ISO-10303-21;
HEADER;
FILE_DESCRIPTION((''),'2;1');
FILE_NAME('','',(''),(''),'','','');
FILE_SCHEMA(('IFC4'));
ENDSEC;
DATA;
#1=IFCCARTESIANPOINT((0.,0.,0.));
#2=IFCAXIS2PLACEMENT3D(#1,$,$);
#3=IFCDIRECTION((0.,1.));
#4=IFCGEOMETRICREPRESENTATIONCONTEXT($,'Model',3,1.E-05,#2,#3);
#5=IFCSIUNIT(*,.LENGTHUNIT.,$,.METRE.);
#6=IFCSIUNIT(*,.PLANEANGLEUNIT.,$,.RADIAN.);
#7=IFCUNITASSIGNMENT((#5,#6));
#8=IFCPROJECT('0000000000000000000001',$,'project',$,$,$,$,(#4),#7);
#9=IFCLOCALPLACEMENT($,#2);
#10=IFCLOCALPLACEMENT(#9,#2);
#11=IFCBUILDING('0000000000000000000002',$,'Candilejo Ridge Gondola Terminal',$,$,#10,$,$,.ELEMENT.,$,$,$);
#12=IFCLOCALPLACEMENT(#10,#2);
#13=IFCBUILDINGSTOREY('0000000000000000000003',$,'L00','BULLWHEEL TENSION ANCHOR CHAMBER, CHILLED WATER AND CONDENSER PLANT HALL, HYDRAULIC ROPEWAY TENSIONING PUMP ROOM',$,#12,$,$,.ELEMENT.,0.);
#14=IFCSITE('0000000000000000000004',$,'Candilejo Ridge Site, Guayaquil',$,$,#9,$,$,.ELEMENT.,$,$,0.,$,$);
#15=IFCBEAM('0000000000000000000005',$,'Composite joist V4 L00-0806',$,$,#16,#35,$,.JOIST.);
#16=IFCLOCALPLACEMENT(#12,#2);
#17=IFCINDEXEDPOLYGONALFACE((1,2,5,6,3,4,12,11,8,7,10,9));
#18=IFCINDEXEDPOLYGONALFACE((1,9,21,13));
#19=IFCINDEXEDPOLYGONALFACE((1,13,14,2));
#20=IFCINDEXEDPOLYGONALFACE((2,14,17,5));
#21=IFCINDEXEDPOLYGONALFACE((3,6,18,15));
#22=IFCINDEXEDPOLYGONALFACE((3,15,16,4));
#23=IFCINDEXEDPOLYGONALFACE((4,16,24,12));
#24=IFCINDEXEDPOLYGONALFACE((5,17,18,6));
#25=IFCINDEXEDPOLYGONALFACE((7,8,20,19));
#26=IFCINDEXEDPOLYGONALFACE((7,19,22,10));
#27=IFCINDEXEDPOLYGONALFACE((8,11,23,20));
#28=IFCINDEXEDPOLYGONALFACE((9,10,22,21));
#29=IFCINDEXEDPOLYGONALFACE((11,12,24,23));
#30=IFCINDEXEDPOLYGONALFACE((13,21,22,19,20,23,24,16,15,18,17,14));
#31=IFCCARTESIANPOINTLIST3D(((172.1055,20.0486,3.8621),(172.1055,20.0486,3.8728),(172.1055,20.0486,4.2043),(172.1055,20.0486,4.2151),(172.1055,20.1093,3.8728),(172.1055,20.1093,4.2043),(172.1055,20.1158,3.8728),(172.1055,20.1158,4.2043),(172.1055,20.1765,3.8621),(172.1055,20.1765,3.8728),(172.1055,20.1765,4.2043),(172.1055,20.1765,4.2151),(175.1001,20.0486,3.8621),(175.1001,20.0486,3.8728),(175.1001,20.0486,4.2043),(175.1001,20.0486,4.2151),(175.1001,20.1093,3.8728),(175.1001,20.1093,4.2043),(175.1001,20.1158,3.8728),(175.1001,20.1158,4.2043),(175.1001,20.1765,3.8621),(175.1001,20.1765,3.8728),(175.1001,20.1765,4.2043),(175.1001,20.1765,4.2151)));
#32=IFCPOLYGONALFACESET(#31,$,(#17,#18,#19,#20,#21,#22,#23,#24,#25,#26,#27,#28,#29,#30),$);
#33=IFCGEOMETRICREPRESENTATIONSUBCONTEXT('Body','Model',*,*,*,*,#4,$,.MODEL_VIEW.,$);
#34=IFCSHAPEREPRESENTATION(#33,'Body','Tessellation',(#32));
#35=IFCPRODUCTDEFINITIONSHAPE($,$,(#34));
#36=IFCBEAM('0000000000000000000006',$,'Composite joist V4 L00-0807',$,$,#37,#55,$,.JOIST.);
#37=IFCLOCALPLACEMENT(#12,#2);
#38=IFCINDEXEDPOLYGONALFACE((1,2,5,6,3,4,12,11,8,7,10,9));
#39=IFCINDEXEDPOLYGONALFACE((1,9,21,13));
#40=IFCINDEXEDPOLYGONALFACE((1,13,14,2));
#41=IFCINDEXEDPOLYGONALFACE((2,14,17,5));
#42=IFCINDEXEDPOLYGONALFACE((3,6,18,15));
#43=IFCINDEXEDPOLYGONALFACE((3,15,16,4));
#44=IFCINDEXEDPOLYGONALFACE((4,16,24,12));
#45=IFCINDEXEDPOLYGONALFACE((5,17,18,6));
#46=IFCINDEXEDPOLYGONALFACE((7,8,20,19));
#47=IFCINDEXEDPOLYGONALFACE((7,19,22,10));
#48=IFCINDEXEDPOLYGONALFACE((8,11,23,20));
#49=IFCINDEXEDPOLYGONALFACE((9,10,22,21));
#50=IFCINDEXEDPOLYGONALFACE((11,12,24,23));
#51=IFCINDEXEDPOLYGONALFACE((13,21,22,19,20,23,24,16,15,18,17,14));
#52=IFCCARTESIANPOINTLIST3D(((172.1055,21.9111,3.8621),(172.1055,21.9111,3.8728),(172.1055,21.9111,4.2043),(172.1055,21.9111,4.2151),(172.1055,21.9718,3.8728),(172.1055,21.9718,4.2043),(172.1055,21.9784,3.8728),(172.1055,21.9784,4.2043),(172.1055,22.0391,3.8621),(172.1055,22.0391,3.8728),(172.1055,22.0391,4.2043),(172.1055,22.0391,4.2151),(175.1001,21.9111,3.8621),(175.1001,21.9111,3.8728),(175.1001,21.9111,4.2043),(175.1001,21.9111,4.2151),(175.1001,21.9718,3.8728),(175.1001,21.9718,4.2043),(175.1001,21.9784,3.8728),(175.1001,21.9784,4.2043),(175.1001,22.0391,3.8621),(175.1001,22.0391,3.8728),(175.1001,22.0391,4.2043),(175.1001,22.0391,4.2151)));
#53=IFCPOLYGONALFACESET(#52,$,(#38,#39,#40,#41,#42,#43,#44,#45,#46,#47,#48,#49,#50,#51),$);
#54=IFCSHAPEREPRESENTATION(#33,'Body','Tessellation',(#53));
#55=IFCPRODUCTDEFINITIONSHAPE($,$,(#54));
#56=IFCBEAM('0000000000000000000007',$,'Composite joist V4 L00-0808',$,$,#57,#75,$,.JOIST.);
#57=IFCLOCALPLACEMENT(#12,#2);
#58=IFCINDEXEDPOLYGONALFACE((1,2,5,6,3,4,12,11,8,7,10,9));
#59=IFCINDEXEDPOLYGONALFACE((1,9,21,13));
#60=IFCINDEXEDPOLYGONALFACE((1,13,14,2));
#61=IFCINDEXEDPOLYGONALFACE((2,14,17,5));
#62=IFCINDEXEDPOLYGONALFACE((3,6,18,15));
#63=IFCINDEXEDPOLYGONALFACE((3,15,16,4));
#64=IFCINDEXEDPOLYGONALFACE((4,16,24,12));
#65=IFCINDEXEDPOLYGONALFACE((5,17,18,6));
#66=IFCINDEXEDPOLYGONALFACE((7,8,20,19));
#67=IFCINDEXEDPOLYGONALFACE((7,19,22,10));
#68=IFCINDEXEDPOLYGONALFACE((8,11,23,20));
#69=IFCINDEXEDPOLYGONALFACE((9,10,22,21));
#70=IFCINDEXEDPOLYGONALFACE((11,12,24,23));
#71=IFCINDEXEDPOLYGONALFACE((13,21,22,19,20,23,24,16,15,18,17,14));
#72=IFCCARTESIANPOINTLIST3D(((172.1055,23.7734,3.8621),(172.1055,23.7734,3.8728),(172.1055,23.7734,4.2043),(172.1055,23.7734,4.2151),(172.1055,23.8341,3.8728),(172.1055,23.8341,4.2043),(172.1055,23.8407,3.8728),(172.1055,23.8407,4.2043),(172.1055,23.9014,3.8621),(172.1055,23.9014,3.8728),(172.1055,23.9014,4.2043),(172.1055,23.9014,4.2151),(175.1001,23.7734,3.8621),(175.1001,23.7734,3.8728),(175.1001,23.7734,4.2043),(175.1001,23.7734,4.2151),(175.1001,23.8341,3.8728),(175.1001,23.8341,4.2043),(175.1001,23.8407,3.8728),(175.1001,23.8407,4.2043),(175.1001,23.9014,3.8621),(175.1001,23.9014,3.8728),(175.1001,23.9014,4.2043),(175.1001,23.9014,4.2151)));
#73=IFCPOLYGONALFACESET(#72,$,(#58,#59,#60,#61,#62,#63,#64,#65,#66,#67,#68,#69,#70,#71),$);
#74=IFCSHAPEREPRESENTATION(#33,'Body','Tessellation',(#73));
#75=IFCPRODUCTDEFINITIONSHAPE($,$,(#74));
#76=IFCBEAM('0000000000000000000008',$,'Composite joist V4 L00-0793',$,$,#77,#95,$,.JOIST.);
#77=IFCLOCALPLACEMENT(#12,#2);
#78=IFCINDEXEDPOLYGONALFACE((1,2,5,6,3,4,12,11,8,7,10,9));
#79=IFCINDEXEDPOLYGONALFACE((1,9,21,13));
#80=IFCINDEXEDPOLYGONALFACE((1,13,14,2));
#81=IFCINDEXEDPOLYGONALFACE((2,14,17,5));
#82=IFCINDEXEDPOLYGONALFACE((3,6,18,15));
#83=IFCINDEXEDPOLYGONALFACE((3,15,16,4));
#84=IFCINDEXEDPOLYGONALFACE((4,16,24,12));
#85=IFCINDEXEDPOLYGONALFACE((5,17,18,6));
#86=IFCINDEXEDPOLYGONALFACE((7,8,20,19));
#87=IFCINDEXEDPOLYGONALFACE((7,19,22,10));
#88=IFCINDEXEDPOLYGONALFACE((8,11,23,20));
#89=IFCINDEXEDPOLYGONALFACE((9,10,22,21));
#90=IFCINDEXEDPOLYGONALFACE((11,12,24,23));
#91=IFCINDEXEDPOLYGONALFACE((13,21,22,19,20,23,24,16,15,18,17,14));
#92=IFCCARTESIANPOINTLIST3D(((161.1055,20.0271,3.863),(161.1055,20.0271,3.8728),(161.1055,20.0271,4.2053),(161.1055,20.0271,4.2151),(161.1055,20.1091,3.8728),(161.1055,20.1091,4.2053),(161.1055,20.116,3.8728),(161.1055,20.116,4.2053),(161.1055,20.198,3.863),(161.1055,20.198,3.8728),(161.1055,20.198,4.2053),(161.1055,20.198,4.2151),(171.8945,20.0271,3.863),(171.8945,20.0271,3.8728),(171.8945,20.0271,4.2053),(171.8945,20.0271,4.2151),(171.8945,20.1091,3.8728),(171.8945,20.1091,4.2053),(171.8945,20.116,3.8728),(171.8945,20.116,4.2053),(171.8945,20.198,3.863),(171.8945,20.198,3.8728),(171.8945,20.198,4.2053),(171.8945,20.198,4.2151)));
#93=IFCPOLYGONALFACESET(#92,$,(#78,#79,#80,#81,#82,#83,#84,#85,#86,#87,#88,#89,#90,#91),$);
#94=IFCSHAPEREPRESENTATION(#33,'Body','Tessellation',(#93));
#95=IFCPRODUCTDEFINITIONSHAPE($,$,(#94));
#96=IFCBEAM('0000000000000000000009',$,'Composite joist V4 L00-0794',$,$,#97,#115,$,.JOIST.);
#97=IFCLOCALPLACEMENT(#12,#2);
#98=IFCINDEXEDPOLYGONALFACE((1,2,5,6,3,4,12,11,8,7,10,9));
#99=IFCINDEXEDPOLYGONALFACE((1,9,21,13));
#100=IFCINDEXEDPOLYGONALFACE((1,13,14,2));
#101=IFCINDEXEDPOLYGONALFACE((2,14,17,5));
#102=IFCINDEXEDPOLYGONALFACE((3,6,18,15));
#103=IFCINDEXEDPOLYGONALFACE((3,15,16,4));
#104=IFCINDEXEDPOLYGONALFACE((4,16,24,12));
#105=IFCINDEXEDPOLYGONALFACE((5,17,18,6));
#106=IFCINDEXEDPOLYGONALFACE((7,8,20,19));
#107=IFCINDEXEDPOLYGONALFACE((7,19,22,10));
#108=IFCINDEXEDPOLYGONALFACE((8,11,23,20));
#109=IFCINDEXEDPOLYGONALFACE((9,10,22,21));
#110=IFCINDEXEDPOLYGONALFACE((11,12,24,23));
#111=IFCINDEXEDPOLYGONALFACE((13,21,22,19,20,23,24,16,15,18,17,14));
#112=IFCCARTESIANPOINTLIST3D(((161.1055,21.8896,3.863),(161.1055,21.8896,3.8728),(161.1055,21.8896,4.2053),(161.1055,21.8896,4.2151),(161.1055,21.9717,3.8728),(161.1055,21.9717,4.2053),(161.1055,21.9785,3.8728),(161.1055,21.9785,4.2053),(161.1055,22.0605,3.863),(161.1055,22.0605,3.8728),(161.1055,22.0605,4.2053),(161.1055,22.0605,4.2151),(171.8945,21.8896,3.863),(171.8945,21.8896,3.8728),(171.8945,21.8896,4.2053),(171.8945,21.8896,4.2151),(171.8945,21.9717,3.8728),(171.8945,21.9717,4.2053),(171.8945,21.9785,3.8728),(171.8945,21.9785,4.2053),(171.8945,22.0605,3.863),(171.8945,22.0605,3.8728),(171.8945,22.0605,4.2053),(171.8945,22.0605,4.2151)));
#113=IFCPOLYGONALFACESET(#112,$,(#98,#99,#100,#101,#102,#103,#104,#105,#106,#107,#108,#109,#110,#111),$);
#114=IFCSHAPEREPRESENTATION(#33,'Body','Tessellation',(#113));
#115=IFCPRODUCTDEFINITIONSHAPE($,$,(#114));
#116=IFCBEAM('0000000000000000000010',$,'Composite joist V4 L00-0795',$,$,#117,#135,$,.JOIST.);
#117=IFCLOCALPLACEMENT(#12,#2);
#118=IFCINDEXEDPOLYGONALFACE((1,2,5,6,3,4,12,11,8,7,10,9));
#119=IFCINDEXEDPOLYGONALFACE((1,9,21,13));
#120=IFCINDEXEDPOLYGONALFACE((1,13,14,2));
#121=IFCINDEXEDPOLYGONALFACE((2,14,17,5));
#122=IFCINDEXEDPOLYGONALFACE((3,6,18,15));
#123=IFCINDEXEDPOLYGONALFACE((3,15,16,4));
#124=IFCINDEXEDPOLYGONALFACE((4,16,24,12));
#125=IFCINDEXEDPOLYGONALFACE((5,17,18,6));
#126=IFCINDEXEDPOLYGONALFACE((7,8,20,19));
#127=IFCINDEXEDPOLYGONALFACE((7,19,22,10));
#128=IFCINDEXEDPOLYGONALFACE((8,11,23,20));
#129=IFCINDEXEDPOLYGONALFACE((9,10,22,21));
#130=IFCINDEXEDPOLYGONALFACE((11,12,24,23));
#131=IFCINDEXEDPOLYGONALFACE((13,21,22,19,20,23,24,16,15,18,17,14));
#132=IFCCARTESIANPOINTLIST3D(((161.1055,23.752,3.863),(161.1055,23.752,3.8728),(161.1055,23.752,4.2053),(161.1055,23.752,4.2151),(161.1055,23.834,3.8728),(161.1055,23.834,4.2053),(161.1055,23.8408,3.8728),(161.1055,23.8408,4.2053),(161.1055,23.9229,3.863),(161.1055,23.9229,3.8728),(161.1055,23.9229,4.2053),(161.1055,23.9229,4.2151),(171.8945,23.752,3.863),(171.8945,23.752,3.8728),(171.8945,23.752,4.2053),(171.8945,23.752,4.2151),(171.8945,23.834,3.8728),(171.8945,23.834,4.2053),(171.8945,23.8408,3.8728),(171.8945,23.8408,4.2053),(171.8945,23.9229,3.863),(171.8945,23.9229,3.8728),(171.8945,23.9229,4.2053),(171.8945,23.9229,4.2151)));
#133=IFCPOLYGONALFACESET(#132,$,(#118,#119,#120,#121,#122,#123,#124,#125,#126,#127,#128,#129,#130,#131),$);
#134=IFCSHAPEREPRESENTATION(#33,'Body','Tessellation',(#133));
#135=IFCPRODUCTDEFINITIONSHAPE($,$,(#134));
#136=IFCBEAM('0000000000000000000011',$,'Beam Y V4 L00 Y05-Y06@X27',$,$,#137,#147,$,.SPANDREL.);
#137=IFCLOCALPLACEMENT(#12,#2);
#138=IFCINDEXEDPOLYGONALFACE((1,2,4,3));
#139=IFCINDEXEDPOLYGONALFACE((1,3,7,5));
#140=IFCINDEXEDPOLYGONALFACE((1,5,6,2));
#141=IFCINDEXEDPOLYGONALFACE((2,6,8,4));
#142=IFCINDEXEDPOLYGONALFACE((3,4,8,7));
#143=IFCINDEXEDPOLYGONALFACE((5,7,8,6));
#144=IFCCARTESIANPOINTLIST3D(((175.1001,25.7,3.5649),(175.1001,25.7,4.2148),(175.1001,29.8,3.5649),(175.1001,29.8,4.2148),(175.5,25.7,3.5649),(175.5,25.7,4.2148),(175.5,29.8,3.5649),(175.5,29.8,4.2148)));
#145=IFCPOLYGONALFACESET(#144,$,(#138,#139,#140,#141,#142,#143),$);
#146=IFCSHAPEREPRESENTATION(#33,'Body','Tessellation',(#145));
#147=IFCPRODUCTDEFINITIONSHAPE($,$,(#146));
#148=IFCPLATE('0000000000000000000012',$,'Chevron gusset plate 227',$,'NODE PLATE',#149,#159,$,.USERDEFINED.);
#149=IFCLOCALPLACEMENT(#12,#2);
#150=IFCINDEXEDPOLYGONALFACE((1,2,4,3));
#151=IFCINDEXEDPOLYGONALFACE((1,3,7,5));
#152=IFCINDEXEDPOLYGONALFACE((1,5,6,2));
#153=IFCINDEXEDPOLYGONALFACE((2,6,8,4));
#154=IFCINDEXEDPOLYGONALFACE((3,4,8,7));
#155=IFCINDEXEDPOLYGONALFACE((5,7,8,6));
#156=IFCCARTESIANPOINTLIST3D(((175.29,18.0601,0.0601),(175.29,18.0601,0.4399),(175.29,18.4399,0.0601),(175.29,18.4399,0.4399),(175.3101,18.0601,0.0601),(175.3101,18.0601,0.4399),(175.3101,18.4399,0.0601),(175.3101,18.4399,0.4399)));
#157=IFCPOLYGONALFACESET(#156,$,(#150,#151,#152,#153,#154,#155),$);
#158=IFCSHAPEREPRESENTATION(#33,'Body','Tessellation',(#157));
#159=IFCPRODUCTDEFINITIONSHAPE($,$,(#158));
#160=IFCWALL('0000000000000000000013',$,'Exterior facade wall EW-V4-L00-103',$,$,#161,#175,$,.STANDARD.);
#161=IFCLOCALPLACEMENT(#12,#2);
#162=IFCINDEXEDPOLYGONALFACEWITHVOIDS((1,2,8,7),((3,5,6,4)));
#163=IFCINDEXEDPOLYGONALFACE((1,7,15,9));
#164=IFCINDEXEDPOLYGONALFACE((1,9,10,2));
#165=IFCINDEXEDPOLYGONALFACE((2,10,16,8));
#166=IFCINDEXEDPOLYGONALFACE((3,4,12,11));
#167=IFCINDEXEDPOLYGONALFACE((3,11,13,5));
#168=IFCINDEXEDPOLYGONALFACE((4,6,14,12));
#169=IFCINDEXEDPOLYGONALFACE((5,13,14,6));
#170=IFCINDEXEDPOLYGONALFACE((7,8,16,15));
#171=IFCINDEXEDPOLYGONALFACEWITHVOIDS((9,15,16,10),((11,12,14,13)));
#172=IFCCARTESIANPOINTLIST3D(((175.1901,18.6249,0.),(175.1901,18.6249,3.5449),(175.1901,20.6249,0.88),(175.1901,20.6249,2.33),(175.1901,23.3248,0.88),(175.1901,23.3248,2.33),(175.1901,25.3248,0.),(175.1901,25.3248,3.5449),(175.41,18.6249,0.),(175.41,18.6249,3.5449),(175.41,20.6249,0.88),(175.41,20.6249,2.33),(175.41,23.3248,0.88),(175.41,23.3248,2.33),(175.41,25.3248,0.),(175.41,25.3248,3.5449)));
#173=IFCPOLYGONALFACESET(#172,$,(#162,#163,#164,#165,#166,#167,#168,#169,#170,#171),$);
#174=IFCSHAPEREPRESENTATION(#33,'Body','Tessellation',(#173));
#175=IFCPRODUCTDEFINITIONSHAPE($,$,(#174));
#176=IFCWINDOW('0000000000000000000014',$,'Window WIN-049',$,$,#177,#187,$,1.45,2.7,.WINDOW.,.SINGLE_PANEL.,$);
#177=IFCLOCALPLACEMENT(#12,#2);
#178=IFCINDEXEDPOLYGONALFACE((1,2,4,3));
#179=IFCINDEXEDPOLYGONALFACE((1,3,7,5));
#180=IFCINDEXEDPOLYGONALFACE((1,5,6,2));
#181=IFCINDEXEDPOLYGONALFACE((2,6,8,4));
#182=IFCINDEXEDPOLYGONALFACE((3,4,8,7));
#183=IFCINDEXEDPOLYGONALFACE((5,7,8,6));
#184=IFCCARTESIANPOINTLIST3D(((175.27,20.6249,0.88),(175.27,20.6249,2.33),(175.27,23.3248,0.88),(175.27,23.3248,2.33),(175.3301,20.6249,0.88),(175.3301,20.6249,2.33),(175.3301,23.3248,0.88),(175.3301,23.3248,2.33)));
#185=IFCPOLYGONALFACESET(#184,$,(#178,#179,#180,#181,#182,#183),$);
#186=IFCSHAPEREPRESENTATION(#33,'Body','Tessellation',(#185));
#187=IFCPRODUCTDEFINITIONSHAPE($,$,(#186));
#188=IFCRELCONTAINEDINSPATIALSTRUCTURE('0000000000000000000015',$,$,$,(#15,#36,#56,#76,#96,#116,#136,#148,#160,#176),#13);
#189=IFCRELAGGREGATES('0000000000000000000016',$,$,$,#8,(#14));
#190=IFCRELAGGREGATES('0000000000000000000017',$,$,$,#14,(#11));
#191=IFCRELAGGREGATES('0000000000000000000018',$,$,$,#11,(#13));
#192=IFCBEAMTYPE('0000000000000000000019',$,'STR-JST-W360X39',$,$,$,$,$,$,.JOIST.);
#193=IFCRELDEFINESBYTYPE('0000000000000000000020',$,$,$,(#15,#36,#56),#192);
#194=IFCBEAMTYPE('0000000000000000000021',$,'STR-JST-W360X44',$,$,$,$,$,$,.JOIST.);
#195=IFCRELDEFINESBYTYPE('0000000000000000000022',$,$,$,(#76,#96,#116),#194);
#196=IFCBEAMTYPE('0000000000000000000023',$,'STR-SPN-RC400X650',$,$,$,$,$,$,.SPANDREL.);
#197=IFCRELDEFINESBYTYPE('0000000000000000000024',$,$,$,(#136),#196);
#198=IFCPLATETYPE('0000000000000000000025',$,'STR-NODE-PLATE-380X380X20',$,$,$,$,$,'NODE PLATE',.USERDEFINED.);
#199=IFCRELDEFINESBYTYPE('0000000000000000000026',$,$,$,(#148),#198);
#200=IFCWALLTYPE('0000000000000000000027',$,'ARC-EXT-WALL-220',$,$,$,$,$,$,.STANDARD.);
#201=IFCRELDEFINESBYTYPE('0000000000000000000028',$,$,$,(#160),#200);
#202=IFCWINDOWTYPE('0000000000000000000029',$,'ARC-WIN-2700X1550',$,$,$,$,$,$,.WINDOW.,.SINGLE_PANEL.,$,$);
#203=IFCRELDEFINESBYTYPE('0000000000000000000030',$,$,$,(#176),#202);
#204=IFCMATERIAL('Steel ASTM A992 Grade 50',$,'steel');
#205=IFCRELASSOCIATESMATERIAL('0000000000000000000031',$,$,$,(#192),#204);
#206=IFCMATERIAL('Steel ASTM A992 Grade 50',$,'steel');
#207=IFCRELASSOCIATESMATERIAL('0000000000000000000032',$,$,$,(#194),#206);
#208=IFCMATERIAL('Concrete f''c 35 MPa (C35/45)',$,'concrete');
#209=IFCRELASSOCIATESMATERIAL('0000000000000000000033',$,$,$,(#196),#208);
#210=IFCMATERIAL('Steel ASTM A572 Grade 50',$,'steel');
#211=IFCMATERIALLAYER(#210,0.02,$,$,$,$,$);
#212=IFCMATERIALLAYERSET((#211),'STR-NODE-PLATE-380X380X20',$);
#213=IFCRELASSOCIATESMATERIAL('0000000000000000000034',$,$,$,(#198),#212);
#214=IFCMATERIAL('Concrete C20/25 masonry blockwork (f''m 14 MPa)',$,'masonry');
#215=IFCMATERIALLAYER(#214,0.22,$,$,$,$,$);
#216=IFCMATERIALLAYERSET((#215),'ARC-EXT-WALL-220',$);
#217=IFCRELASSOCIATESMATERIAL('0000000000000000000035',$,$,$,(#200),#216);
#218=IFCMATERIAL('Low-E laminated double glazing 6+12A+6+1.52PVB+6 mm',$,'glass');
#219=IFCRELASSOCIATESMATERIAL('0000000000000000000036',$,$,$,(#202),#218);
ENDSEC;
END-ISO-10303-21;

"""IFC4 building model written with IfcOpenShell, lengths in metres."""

from ifc_helpers import new_model, si_unit, direction, frame, frame_2d, origin, origin_2d, place, context, subcontext, project, spatial, rectangle, i_section, extrude, material, layer, layer_set, material_profile, profile_set, type_object, element, fill, save


model = new_model("IFC4")

# Units and contexts
model_context = context("Model", 3, precision=1e-05, world=origin(), true_north=direction((0.0, 1.0)))
body_context = subcontext(model_context, "Body", "Model", "MODEL_VIEW")
ifc_project = project(units=[si_unit("LENGTHUNIT", "METRE"), si_unit("PLANEANGLEUNIT", "RADIAN")], contexts=[model_context])

# Site, building, storey
site_placement = place(None, origin())
site = spatial("IfcSite", under=ifc_project, at=site_placement, Name="Candilejo Ridge Site, Guayaquil", CompositionType="ELEMENT", RefElevation=0.0)
building_placement = place(site_placement, origin())
building = spatial("IfcBuilding", under=site, at=building_placement, Name="Candilejo Ridge Gondola Terminal", CompositionType="ELEMENT")
storey_placement = place(building_placement, origin())
storey = spatial("IfcBuildingStorey", under=building, at=storey_placement, Name="L00", Description="BULLWHEEL TENSION ANCHOR CHAMBER, CHILLED WATER AND CONDENSER PLANT HALL, HYDRAULIC ROPEWAY TENSIONING PUMP ROOM", CompositionType="ELEMENT", Elevation=0.0)

# Beams
ifc_material_1 = material(Name="Steel ASTM A992 Grade 50", Category="steel")
ifc_material_profile_1 = material_profile(ifc_material_1, i_section(OverallWidth=0.1279, OverallDepth=0.353, WebThickness=0.0066, FlangeThickness=0.0107, at=origin_2d()))
ifc_profile_set_1 = profile_set([ifc_material_profile_1], Name="Steel ASTM A992 Grade 50")
beam_type_1 = type_object("IfcBeamType", Name="STR-JST-W360X39", PredefinedType="JOIST", material=ifc_profile_set_1)
for number, where, z_axis, x_axis, name in (
    (1, (172.1055, 20.1125, 4.0386), (1.0, 0.0, 0.0), (0.0, 1.0, 0.0), "Composite joist V4 L00-0806"),
    (2, (172.1055, 21.9751, 4.0386), (1.0, 0.0, 0.0), (0.0, 1.0, 0.0), "Composite joist V4 L00-0807"),
    (3, (172.1055, 23.8374, 4.0386), (1.0, 0.0, 0.0), (0.0, 1.0, 0.0), "Composite joist V4 L00-0808"),
):
    element("IfcBeam", number, at=place(storey_placement, frame(where, z_axis=z_axis, x_axis=x_axis)), inside=storey, type_object=beam_type_1, Name=name, PredefinedType="JOIST", context=body_context, shape_type="SweptSolid", body=[
        extrude(i_section(OverallWidth=0.1279, OverallDepth=0.353, WebThickness=0.0066, FlangeThickness=0.0107, at=origin_2d()), origin(), (0.0, 0.0, 1.0), 2.9946),
    ])
ifc_material_2 = material(Name="Steel ASTM A992 Grade 50", Category="steel")
ifc_material_profile_2 = material_profile(ifc_material_2, i_section(OverallWidth=0.1709, OverallDepth=0.3521, WebThickness=0.0068, FlangeThickness=0.0098, at=origin_2d()))
ifc_profile_set_2 = profile_set([ifc_material_profile_2], Name="Steel ASTM A992 Grade 50")
beam_type_2 = type_object("IfcBeamType", Name="STR-JST-W360X44", PredefinedType="JOIST", material=ifc_profile_set_2)
for number, where, z_axis, x_axis, name in (
    (4, (161.1055, 20.1125, 4.0391), (1.0, 0.0, 0.0), (0.0, 1.0, 0.0), "Composite joist V4 L00-0793"),
    (5, (161.1055, 21.9751, 4.0391), (1.0, 0.0, 0.0), (0.0, 1.0, 0.0), "Composite joist V4 L00-0794"),
    (6, (161.1055, 23.8374, 4.0391), (1.0, 0.0, 0.0), (0.0, 1.0, 0.0), "Composite joist V4 L00-0795"),
):
    element("IfcBeam", number, at=place(storey_placement, frame(where, z_axis=z_axis, x_axis=x_axis)), inside=storey, type_object=beam_type_2, Name=name, PredefinedType="JOIST", context=body_context, shape_type="SweptSolid", body=[
        extrude(i_section(OverallWidth=0.1709, OverallDepth=0.3521, WebThickness=0.0068, FlangeThickness=0.0098, at=origin_2d()), origin(), (0.0, 0.0, 1.0), 10.7891),
    ])
ifc_material_3 = material(Name="Concrete f'c 35 MPa (C35/45)", Category="concrete")
ifc_material_profile_3 = material_profile(ifc_material_3, rectangle(XDim=0.3999, YDim=0.6499, at=origin_2d()))
ifc_profile_set_3 = profile_set([ifc_material_profile_3], Name="Concrete f'c 35 MPa (C35/45)")
beam_type_3 = type_object("IfcBeamType", Name="STR-SPN-RC400X650", PredefinedType="SPANDREL", material=ifc_profile_set_3)
beam_1_placement = place(storey_placement, frame((175.3, 25.7, 3.8899), z_axis=(0.0, 1.0, 0.0), x_axis=(-1.0, 0.0, 0.0)))
element("IfcBeam", 7, at=beam_1_placement, inside=storey, type_object=beam_type_3, Name="Beam Y V4 L00 Y05-Y06@X27", PredefinedType="SPANDREL", context=body_context, shape_type="SweptSolid", body=[
    extrude(rectangle(XDim=0.3999, YDim=0.6499, at=origin_2d()), origin(), (0.0, 0.0, 1.0), 4.1001),
])

# Plate
ifc_material_4 = material(Name="Steel ASTM A572 Grade 50", Category="steel")
ifc_layer_1 = layer(ifc_material_4, 0.02)
ifc_layer_set_1 = layer_set([ifc_layer_1], Name="STR-NODE-PLATE-380X380X20")
plate_type = type_object("IfcPlateType", Name="STR-NODE-PLATE-380X380X20", ElementType="NODE PLATE", PredefinedType="USERDEFINED", material=ifc_layer_set_1)
plate_placement = place(storey_placement, frame((175.3, 18.25, 0.0601), z_axis=(0.0, 0.0, 1.0), x_axis=(1.0, 0.0, 0.0)))
element("IfcPlate", 8, at=plate_placement, inside=storey, type_object=plate_type, Name="Chevron gusset plate 227", ObjectType="NODE PLATE", PredefinedType="USERDEFINED", context=body_context, shape_type="SweptSolid", body=[
    extrude(rectangle(XDim=0.02, YDim=0.3799, at=origin_2d()), origin(), (0.0, 0.0, 1.0), 0.3799),
])

# Wall, opening, window
ifc_material_5 = material(Name="Concrete C20/25 masonry blockwork (f'm 14 MPa)", Category="masonry")
ifc_layer_2 = layer(ifc_material_5, 0.22)
ifc_layer_set_2 = layer_set([ifc_layer_2], Name="ARC-EXT-WALL-220")
wall_type = type_object("IfcWallType", Name="ARC-EXT-WALL-220", PredefinedType="STANDARD", material=ifc_layer_set_2)
wall_placement = place(storey_placement, frame((175.3, 25.325, 0.0), z_axis=(0.0, 0.0, 1.0), x_axis=(0.0, -1.0, 0.0)))
wall = element("IfcWall", 9, at=wall_placement, inside=storey, type_object=wall_type, Name="Exterior facade wall EW-V4-L00-103", PredefinedType="STANDARD", context=body_context, shape_type="SweptSolid", body=[
    extrude(rectangle(XDim=6.7, YDim=0.22, at=frame_2d((3.3501, 0.0))), origin(), (0.0, 0.0, 1.0), 3.5449),
])
opening_placement = place(wall_placement, frame((2.0, 0.0, 0.8799)))
opening = element("IfcOpeningElement", 10, at=opening_placement, cuts=wall, PredefinedType="OPENING", context=body_context, shape_type="SweptSolid", body=[
    extrude(rectangle(XDim=2.7, YDim=1.45, at=frame_2d((1.3501, 0.7251))), frame((0.0, 0.1199, 0.0), z_axis=(0.0, -1.0, 0.0), x_axis=(1.0, 0.0, 0.0)), (0.0, 0.0, 1.0), 0.24),
])
ifc_material_6 = material(Name="Low-E laminated double glazing 6+12A+6+1.52PVB+6 mm", Category="glass")
window_type = type_object("IfcWindowType", Name="ARC-WIN-2700X1550", PartitioningType="SINGLE_PANEL", PredefinedType="WINDOW", material=ifc_material_6)
window_placement = place(opening_placement, origin())
window = element("IfcWindow", 11, at=window_placement, inside=storey, type_object=window_type, Name="Window WIN-049", OverallHeight=1.45, OverallWidth=2.7, PartitioningType="SINGLE_PANEL", PredefinedType="WINDOW", context=body_context, shape_type="SweptSolid", body=[
    extrude(rectangle(XDim=2.7, YDim=1.45, at=frame_2d((1.3501, 0.7251))), frame((0.0, 0.03, 0.0), z_axis=(0.0, -1.0, 0.0), x_axis=(1.0, 0.0, 0.0)), (0.0, 0.0, 1.0), 0.0601),
])
fill(opening, window)

save(model, "model.ifc")
